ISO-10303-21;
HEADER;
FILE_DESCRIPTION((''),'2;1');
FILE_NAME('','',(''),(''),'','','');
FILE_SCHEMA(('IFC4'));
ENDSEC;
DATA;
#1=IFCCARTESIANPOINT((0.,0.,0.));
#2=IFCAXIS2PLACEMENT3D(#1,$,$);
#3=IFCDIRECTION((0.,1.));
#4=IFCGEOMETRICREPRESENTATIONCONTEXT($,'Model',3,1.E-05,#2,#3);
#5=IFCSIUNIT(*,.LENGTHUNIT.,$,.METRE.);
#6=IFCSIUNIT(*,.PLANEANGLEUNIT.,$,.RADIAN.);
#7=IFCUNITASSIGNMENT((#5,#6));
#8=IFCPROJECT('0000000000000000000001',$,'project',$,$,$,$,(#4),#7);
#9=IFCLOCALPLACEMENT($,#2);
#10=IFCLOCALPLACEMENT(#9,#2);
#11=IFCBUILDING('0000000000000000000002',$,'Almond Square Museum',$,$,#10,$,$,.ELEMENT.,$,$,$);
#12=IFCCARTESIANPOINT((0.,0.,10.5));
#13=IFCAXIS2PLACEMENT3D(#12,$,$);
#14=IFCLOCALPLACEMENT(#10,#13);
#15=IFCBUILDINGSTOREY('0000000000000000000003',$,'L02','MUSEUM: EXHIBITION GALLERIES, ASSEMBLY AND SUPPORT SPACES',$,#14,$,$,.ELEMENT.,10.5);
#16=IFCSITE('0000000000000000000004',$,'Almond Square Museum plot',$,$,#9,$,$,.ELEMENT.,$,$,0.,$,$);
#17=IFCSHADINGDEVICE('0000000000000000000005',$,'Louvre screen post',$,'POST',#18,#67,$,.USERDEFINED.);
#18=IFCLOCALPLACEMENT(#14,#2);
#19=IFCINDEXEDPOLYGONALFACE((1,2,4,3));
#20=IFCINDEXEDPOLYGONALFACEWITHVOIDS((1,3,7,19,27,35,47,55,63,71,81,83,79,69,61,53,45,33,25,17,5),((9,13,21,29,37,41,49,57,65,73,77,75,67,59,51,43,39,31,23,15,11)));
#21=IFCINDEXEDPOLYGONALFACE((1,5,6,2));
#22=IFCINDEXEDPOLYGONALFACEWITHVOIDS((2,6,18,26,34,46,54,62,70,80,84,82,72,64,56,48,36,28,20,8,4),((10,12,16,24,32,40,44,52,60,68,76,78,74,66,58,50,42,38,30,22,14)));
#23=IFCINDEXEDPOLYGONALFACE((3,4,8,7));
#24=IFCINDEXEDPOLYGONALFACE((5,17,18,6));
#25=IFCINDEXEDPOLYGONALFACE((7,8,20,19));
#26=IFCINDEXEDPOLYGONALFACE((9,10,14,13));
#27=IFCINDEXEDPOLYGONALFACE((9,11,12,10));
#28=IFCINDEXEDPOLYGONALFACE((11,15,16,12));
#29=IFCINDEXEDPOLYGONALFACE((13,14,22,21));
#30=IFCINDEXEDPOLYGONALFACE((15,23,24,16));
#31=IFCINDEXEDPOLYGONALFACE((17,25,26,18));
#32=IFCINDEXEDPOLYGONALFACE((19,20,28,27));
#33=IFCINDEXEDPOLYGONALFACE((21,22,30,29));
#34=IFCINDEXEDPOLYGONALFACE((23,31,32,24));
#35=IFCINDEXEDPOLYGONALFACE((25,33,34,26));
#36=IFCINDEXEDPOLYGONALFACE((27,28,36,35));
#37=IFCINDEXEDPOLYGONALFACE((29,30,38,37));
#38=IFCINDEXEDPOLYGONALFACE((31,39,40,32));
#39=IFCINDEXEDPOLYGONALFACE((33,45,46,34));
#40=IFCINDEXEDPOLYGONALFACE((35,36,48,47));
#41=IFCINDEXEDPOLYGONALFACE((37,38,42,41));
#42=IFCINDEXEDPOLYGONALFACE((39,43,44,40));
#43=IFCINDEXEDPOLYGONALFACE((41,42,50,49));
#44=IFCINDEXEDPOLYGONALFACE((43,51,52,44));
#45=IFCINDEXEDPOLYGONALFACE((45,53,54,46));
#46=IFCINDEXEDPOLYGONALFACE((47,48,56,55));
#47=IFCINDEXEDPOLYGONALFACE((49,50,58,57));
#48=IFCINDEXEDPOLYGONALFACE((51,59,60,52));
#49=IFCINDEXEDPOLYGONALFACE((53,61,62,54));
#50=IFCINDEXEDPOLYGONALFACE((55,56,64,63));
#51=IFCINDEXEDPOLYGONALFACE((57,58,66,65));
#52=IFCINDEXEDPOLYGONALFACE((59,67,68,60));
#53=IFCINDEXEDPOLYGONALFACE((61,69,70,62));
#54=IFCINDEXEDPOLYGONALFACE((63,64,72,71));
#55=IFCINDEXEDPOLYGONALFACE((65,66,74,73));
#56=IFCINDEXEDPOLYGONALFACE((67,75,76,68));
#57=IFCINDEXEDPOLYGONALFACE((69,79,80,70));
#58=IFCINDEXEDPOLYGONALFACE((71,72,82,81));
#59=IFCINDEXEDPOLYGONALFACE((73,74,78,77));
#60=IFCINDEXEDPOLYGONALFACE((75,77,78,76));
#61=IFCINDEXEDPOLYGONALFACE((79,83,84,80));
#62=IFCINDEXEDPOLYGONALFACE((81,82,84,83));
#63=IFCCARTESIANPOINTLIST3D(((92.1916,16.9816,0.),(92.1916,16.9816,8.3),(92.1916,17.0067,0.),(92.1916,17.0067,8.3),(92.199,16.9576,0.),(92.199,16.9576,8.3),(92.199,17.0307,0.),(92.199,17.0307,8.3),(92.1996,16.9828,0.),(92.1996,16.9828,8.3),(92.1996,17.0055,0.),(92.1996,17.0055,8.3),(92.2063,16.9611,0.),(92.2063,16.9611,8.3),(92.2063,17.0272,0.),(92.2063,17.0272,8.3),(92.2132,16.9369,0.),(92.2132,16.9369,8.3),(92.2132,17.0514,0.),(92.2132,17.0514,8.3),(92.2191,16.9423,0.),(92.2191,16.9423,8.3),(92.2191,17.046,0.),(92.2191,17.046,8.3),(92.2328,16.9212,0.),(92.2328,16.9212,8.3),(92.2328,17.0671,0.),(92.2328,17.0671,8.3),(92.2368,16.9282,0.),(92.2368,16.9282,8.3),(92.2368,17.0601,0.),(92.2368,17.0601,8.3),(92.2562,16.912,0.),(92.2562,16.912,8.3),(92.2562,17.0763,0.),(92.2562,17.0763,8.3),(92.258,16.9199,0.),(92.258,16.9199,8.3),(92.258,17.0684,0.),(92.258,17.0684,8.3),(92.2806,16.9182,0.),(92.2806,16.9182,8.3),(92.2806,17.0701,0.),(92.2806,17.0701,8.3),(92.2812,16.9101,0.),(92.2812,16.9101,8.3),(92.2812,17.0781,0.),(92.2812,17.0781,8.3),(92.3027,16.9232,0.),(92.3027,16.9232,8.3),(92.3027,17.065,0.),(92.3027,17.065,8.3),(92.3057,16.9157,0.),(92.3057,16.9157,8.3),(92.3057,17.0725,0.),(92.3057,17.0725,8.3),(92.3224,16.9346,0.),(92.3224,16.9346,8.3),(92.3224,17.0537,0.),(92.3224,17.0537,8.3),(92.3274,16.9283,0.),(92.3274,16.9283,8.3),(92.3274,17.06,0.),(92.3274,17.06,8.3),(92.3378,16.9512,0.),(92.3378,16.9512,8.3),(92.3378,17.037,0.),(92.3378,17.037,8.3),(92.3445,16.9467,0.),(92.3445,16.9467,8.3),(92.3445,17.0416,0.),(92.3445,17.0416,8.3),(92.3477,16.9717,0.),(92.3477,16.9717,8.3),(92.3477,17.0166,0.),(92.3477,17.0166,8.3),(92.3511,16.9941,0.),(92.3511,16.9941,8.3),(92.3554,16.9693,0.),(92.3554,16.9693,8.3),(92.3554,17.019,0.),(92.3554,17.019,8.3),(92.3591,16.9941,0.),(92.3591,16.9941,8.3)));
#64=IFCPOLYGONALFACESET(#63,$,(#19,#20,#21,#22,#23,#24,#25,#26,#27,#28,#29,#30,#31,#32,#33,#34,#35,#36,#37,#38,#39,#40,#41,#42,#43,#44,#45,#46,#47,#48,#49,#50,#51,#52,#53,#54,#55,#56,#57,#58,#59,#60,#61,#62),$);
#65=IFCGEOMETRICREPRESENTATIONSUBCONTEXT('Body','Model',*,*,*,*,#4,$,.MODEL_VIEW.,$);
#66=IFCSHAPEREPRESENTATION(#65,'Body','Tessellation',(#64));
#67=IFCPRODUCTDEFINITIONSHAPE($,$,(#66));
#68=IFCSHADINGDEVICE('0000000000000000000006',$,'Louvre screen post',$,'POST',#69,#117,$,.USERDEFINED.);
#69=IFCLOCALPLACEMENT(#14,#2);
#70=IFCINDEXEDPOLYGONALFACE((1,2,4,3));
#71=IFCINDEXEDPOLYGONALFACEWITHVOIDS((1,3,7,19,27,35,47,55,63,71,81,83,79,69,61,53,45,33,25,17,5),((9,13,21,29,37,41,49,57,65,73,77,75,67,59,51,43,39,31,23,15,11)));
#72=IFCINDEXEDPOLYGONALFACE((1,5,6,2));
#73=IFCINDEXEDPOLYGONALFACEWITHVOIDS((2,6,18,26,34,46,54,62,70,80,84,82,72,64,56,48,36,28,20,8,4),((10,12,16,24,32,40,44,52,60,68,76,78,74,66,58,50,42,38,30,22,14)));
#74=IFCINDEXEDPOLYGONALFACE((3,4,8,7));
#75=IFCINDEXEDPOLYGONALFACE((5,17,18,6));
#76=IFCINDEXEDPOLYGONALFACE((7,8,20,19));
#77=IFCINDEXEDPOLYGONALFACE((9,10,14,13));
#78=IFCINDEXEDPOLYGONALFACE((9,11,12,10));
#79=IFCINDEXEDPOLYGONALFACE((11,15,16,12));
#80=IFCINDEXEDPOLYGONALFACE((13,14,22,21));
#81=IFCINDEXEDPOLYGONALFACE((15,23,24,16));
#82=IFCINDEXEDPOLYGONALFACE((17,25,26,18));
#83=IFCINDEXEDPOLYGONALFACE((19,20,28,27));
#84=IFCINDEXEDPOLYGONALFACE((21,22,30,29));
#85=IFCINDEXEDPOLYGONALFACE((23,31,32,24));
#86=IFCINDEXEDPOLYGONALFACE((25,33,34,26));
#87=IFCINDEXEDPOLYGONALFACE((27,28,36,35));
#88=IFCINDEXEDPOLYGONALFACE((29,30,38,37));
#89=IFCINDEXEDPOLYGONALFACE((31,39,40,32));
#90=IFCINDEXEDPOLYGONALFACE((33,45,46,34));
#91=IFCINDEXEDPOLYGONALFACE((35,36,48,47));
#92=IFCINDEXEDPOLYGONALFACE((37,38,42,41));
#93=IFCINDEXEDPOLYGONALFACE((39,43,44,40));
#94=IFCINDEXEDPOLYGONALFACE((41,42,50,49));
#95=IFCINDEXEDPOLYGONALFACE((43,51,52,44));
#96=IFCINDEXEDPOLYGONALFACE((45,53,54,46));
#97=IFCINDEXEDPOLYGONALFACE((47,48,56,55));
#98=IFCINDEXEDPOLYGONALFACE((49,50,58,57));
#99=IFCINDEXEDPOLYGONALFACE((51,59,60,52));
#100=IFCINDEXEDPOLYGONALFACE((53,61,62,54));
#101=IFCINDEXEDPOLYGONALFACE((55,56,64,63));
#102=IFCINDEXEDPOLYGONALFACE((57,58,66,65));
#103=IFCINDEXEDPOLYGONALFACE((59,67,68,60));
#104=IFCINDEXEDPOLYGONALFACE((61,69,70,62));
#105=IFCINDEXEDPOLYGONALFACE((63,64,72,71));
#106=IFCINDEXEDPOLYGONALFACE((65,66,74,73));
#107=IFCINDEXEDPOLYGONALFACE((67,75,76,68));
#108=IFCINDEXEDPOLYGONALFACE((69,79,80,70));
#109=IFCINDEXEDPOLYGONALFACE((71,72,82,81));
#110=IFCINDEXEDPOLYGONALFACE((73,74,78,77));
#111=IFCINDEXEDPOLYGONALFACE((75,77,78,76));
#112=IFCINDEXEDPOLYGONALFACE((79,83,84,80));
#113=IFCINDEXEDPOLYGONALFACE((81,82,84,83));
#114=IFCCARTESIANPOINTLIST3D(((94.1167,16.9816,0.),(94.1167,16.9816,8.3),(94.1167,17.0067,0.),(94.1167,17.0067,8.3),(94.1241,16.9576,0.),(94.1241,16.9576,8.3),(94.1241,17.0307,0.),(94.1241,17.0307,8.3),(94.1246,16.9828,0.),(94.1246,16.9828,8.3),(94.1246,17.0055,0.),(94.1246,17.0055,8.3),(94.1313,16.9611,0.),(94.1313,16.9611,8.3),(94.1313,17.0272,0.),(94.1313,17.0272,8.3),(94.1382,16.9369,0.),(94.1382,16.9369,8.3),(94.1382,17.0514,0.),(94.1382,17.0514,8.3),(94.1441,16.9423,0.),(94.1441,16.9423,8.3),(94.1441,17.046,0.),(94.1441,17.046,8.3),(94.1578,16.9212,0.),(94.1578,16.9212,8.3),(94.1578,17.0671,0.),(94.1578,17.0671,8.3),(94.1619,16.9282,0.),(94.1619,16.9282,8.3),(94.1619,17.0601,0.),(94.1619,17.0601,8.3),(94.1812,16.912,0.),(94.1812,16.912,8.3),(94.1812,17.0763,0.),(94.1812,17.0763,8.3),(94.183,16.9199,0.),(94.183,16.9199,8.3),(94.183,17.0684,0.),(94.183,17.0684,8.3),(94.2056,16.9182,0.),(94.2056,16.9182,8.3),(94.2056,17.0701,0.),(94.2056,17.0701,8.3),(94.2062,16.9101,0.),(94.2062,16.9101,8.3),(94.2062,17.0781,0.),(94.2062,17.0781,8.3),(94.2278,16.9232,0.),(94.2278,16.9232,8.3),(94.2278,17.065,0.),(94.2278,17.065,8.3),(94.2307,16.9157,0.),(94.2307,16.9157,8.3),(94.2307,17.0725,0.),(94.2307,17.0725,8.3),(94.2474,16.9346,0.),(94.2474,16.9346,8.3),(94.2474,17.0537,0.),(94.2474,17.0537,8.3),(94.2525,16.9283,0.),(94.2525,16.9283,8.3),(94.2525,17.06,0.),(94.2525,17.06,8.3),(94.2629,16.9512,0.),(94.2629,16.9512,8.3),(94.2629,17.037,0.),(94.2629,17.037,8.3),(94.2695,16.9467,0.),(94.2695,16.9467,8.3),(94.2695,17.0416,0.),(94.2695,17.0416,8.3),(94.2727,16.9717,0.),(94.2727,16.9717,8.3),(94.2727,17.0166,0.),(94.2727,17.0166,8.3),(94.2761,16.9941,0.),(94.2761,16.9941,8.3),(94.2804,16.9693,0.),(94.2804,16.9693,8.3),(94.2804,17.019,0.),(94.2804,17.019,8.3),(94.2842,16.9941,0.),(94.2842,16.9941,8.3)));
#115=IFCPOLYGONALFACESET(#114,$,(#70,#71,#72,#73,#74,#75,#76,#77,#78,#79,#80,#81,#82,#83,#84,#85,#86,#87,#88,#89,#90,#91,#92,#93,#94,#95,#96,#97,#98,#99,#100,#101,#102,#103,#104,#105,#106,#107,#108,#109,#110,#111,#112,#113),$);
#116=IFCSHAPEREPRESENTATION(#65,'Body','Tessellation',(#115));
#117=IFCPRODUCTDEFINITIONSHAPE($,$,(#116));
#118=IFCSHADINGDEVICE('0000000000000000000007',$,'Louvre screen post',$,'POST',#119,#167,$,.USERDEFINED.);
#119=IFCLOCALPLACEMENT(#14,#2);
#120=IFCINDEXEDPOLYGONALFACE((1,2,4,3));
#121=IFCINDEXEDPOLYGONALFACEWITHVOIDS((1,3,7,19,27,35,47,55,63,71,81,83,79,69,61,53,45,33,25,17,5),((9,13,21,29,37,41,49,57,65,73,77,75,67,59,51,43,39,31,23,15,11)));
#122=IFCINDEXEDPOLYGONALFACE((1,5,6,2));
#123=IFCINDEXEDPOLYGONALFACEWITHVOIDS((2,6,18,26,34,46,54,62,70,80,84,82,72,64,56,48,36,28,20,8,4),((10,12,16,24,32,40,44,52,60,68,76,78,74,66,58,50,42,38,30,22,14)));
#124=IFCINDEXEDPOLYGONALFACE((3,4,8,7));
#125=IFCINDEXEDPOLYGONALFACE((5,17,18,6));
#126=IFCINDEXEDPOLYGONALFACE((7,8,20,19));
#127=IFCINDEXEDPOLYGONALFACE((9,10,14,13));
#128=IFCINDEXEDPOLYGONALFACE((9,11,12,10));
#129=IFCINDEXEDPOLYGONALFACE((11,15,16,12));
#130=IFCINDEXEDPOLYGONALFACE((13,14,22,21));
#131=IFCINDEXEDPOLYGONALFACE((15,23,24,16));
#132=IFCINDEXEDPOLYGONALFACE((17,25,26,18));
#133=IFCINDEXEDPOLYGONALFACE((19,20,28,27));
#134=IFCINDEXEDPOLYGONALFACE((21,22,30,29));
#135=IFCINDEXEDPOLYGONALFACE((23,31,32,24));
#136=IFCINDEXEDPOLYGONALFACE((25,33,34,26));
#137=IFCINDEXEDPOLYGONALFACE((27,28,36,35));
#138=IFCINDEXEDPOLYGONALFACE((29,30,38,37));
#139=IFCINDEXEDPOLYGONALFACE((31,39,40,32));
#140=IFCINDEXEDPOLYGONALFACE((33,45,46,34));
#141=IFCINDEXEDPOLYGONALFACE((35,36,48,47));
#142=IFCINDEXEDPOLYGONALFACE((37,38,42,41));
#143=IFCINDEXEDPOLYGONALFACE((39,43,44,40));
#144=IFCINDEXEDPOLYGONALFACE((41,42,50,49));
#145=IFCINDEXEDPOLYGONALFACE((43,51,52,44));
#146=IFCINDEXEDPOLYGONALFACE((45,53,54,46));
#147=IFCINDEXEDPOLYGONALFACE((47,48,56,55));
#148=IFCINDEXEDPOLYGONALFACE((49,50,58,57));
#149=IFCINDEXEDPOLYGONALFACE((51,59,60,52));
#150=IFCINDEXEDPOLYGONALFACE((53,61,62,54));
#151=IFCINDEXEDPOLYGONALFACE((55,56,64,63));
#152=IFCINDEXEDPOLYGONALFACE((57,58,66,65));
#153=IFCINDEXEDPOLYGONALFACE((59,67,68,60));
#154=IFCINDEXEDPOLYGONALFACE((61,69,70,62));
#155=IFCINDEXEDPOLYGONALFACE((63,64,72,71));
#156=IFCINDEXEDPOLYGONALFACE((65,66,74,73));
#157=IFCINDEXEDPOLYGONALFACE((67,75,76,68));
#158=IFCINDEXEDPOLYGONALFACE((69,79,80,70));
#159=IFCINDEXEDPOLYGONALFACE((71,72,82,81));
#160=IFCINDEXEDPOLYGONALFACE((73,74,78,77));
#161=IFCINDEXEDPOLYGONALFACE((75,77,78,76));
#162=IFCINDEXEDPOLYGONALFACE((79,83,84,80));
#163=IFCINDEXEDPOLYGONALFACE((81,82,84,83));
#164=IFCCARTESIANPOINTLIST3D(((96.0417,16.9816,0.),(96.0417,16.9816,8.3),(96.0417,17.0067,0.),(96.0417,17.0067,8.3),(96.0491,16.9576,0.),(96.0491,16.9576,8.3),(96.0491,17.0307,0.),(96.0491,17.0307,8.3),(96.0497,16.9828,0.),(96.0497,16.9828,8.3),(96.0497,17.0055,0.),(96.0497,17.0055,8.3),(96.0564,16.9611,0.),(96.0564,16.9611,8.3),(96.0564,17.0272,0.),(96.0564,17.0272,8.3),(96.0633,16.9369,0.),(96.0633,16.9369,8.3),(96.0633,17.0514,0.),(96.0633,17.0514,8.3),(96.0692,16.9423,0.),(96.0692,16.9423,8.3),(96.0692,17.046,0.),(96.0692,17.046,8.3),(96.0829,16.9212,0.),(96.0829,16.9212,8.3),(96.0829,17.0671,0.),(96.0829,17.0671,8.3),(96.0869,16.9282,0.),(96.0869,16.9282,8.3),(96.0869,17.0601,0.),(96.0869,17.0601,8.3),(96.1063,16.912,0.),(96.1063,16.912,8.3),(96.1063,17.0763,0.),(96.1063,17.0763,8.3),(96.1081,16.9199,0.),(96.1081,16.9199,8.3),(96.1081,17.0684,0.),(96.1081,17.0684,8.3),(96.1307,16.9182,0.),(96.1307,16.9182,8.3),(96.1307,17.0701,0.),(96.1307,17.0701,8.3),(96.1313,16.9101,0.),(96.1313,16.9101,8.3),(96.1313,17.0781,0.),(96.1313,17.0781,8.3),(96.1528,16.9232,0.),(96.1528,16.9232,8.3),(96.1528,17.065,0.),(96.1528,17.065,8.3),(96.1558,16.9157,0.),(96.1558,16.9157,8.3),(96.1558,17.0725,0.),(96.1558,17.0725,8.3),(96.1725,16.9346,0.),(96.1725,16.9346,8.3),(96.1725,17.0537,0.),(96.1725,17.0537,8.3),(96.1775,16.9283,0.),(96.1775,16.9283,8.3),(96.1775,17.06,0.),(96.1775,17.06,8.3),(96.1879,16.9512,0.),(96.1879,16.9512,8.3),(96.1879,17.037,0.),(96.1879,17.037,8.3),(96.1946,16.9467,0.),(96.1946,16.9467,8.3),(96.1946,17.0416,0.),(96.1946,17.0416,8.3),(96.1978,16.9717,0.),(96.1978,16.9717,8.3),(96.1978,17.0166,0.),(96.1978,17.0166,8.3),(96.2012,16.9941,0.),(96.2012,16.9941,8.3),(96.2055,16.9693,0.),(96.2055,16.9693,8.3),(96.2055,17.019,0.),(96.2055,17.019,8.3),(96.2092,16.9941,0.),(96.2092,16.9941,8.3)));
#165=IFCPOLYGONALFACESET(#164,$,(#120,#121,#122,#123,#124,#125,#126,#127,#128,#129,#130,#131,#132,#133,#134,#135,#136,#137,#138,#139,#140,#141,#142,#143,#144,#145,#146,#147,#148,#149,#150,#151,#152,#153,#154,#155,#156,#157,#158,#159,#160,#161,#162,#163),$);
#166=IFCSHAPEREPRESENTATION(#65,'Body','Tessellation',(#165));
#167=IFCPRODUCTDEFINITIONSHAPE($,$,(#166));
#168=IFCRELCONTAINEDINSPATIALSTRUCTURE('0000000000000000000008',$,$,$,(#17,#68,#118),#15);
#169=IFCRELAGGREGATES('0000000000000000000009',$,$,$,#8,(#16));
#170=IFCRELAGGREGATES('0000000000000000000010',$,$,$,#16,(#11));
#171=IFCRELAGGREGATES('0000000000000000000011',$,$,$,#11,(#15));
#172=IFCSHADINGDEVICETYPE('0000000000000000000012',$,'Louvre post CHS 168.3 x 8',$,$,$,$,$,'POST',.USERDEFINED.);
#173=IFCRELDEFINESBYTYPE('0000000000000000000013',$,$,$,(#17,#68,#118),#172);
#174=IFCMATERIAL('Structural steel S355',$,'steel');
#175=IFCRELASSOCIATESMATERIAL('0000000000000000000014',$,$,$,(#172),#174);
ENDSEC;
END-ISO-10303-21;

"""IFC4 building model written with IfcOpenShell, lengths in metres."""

from ifc_helpers import new_model, si_unit, direction, frame, origin, origin_2d, place, context, subcontext, project, spatial, hollow_circle, extrude, material, material_profile, profile_set, type_object, element, save


model = new_model("IFC4")

# Units and contexts
model_context = context("Model", 3, precision=1e-05, world=origin(), true_north=direction((0.0, 1.0)))
body_context = subcontext(model_context, "Body", "Model", "MODEL_VIEW")
ifc_project = project(units=[si_unit("LENGTHUNIT", "METRE"), si_unit("PLANEANGLEUNIT", "RADIAN")], contexts=[model_context])

# Site, building, storey
site_placement = place(None, origin())
site = spatial("IfcSite", under=ifc_project, at=site_placement, Name="Almond Square Museum plot", CompositionType="ELEMENT", RefElevation=0.0)
building_placement = place(site_placement, origin())
building = spatial("IfcBuilding", under=site, at=building_placement, Name="Almond Square Museum", CompositionType="ELEMENT")
storey_placement = place(building_placement, frame((0.0, 0.0, 10.5)))
storey = spatial("IfcBuildingStorey", under=building, at=storey_placement, Name="L02", Description="MUSEUM: EXHIBITION GALLERIES, ASSEMBLY AND SUPPORT SPACES", CompositionType="ELEMENT", Elevation=10.5)

# Shading devices
ifc_material_1 = material(Name="Structural steel S355", Category="steel")
ifc_material_profile_1 = material_profile(ifc_material_1, hollow_circle(Radius=0.0842, WallThickness=0.0081, at=origin_2d()))
ifc_profile_set_1 = profile_set([ifc_material_profile_1], Name="Structural steel S355")
shading_device_type = type_object("IfcShadingDeviceType", Name="Louvre post CHS 168.3 x 8", ElementType="POST", PredefinedType="USERDEFINED", material=ifc_profile_set_1)
for number, where, z_axis, x_axis, name in (
    (1, (92.2749, 16.9941, 0.0), (0.0, 0.0, 1.0), (1.0, 0.0, 0.0), "Louvre screen post"),
    (2, (94.2, 16.9941, 0.0), (0.0, 0.0, 1.0), (1.0, 0.0, 0.0), "Louvre screen post"),
    (3, (96.125, 16.9941, 0.0), (0.0, 0.0, 1.0), (1.0, 0.0, 0.0), "Louvre screen post"),
):
    element("IfcShadingDevice", number, at=place(storey_placement, frame(where, z_axis=z_axis, x_axis=x_axis)), inside=storey, type_object=shading_device_type, Name=name, ObjectType="POST", PredefinedType="USERDEFINED", context=body_context, shape_type="SweptSolid", body=[
        extrude(hollow_circle(Radius=0.0842, WallThickness=0.0081, at=origin_2d()), origin(), (0.0, 0.0, 1.0), 8.3),
    ])

save(model, "model.ifc")
